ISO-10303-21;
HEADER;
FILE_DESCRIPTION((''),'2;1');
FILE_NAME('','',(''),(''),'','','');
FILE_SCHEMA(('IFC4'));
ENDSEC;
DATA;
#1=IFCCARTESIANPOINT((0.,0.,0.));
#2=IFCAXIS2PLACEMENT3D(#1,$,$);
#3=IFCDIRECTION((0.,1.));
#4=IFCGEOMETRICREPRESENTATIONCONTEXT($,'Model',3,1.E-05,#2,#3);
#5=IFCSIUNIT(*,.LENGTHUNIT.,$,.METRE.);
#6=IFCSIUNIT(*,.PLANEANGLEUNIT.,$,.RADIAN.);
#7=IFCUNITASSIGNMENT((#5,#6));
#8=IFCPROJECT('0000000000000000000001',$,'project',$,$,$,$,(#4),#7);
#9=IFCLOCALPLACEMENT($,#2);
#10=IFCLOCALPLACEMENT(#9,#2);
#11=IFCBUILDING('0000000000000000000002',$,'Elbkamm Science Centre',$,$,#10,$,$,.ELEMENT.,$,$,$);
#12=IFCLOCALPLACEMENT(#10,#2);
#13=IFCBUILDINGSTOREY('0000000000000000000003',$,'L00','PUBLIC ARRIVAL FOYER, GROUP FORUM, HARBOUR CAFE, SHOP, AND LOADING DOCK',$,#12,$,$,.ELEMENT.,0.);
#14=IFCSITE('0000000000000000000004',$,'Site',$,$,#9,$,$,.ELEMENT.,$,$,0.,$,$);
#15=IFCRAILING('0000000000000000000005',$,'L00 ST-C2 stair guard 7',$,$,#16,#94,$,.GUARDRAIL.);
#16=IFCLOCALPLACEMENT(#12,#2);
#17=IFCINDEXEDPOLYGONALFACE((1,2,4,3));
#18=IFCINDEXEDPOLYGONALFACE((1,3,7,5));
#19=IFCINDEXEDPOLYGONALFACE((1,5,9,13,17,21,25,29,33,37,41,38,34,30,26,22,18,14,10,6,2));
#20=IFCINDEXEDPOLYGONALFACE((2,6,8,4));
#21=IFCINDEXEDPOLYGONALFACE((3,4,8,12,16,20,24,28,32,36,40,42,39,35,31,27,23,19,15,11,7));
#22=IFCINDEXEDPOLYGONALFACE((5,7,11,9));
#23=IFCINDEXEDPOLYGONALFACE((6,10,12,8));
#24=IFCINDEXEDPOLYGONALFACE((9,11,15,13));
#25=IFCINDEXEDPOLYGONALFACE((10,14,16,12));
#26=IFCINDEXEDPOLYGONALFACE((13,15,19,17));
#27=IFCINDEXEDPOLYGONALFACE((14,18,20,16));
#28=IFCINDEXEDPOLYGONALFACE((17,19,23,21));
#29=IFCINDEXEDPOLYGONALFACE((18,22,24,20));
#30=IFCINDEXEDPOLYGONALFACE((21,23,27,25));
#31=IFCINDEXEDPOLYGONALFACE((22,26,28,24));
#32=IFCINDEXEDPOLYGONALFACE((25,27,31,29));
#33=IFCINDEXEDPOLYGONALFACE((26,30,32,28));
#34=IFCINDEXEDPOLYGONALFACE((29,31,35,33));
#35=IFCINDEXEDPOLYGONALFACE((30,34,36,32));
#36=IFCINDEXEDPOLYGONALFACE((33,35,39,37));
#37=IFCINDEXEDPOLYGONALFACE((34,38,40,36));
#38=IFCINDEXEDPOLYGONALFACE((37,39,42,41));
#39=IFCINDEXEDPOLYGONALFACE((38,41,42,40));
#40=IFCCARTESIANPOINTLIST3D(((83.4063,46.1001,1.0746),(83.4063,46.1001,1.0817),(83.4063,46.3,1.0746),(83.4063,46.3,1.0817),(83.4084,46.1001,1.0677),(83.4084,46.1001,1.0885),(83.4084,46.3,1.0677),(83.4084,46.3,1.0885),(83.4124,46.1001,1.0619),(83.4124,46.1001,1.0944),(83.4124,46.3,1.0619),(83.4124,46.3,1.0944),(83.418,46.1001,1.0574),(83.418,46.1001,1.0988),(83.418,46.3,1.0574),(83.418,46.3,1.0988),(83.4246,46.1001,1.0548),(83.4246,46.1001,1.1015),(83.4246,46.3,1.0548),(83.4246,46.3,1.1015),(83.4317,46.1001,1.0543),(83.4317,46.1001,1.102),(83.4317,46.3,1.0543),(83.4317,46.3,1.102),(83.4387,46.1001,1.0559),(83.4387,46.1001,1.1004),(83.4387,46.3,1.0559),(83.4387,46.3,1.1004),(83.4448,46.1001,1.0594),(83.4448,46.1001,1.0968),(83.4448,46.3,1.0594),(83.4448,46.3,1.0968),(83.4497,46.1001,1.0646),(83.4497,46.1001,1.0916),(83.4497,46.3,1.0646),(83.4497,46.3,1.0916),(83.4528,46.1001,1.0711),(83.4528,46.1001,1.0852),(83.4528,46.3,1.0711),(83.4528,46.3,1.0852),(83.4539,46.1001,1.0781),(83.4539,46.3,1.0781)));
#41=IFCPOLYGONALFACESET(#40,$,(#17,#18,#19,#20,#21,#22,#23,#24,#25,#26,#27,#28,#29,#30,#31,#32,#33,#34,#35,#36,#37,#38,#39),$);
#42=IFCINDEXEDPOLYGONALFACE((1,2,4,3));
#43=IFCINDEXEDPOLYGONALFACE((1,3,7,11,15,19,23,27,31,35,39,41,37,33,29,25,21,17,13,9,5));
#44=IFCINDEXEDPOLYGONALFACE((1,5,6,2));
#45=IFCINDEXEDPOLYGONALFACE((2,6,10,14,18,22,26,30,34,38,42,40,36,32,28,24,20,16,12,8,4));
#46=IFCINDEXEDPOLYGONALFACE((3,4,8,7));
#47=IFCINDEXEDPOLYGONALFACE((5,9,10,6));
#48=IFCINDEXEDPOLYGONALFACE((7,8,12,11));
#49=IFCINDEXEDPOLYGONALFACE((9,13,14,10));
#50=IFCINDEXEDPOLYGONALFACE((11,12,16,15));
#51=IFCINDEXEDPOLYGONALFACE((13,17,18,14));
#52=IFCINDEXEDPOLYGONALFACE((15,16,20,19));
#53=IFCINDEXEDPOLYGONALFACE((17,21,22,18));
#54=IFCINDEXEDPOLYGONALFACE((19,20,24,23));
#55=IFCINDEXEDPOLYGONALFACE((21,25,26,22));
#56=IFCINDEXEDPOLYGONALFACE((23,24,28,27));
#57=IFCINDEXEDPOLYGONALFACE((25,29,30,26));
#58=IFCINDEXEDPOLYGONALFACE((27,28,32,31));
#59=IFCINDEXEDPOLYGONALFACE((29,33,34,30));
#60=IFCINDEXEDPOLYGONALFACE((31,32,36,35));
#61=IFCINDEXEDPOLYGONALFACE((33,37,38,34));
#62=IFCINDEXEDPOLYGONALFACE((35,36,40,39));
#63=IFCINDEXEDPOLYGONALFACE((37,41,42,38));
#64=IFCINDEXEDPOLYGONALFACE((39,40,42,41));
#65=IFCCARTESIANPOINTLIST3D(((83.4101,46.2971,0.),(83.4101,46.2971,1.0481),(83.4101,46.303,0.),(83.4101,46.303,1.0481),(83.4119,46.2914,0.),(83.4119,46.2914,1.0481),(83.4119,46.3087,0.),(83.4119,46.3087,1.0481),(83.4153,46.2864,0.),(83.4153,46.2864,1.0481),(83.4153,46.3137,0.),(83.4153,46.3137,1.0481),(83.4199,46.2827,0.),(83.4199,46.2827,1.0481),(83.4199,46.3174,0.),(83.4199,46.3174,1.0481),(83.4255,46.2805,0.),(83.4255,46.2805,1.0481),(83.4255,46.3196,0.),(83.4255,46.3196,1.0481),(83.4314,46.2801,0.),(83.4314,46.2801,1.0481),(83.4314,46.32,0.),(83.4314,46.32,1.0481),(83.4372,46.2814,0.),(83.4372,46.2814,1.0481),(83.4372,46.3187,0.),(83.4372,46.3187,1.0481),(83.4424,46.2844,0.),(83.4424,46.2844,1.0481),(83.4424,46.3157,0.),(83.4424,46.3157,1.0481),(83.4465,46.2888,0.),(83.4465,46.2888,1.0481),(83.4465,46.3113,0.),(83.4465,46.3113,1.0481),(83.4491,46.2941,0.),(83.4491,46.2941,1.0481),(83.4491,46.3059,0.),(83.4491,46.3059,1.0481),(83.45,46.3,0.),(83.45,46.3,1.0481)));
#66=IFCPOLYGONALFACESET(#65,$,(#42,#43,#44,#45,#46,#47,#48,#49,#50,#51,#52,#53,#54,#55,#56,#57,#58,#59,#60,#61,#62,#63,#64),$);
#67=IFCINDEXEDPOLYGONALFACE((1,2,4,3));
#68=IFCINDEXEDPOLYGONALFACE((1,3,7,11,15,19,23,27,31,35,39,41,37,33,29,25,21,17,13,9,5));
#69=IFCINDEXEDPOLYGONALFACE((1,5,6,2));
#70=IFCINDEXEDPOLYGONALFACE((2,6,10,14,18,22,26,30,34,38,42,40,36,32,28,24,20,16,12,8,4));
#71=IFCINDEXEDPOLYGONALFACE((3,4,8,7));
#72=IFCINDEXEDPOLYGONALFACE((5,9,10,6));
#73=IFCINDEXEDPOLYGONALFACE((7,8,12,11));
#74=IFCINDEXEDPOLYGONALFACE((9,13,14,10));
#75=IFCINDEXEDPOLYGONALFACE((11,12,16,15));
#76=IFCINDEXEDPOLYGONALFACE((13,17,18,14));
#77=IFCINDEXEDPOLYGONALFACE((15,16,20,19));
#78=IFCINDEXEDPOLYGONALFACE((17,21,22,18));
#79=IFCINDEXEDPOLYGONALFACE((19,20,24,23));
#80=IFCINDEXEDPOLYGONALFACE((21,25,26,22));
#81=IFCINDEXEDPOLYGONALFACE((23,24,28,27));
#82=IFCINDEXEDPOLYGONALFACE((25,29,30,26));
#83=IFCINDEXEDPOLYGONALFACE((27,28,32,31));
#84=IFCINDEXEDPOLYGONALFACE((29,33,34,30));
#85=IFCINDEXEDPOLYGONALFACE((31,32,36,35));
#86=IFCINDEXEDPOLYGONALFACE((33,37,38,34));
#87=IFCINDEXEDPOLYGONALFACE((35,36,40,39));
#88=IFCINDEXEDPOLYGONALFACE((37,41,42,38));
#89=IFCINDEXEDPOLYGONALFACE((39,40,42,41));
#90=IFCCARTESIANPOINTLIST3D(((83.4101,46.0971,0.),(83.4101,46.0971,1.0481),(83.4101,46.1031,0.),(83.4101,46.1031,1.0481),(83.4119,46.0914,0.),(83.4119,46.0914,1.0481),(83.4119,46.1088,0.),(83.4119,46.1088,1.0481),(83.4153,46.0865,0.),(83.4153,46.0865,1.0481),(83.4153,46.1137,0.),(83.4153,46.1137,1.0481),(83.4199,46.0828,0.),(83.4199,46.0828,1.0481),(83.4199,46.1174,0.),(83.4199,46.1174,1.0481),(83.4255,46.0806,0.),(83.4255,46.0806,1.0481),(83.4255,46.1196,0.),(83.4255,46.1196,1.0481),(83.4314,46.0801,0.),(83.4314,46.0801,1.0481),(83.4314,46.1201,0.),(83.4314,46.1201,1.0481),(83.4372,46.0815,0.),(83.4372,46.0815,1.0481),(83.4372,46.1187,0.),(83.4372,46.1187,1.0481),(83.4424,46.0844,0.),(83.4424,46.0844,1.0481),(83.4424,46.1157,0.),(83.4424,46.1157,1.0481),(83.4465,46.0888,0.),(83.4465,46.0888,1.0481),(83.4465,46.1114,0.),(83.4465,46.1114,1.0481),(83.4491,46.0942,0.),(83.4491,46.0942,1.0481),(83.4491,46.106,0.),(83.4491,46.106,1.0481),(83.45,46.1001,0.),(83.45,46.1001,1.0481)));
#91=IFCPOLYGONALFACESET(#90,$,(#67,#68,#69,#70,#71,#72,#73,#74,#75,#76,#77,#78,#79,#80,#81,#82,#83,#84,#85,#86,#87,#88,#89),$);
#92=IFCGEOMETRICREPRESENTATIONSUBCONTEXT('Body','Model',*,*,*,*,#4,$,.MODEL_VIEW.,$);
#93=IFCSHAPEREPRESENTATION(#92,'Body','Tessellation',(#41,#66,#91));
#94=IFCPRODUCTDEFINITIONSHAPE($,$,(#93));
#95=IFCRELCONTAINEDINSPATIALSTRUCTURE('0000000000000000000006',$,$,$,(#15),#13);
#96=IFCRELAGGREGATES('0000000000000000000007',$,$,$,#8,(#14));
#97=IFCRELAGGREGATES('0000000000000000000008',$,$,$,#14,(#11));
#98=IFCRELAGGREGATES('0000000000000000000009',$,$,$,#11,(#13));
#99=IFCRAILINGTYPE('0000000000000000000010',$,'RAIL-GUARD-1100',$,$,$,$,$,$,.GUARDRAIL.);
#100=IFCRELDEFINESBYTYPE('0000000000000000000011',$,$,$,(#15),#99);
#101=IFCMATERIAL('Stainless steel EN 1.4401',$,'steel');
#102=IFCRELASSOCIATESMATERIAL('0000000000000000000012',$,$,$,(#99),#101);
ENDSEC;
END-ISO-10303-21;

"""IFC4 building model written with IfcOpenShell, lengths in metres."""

from ifc_helpers import new_model, si_unit, direction, frame, origin, origin_2d, place, context, subcontext, project, spatial, circle, extrude, material, type_object, element, save


model = new_model("IFC4")

# Units and contexts
model_context = context("Model", 3, precision=1e-05, world=origin(), true_north=direction((0.0, 1.0)))
body_context = subcontext(model_context, "Body", "Model", "MODEL_VIEW")
ifc_project = project(units=[si_unit("LENGTHUNIT", "METRE"), si_unit("PLANEANGLEUNIT", "RADIAN")], contexts=[model_context])

# Site, building, storey
site_placement = place(None, origin())
site = spatial("IfcSite", under=ifc_project, at=site_placement, Name="Site", CompositionType="ELEMENT", RefElevation=0.0)
building_placement = place(site_placement, origin())
building = spatial("IfcBuilding", under=site, at=building_placement, Name="Elbkamm Science Centre", CompositionType="ELEMENT")
storey_placement = place(building_placement, origin())
storey = spatial("IfcBuildingStorey", under=building, at=storey_placement, Name="L00", Description="PUBLIC ARRIVAL FOYER, GROUP FORUM, HARBOUR CAFE, SHOP, AND LOADING DOCK", CompositionType="ELEMENT", Elevation=0.0)

# Railing
ifc_material_1 = material(Name="Stainless steel EN 1.4401", Category="steel")
railing_type_1 = type_object("IfcRailingType", Name="RAIL-GUARD-1100", PredefinedType="GUARDRAIL", material=ifc_material_1)
railing_1_placement = place(storey_placement, frame((83.4299, 46.3, 0.0)))
element("IfcRailing", 1, at=railing_1_placement, inside=storey, type_object=railing_type_1, Name="L00 ST-C2 stair guard 7", PredefinedType="GUARDRAIL", context=body_context, shape_type="SweptSolid", body=[
    extrude(circle(Radius=0.0239, at=origin_2d()), frame((0.0, 0.0, 1.0781), z_axis=(0.0, -1.0, 0.0), x_axis=(1.0, 0.0, 0.0)), (0.0, 0.0, 1.0), 0.2),
    extrude(circle(Radius=0.02, at=origin_2d()), origin(), (0.0, 0.0, 1.0), 1.0481),
    extrude(circle(Radius=0.02, at=origin_2d()), frame((0.0, -0.2, 0.0)), (0.0, 0.0, 1.0), 1.0481),
])

save(model, "model.ifc")
